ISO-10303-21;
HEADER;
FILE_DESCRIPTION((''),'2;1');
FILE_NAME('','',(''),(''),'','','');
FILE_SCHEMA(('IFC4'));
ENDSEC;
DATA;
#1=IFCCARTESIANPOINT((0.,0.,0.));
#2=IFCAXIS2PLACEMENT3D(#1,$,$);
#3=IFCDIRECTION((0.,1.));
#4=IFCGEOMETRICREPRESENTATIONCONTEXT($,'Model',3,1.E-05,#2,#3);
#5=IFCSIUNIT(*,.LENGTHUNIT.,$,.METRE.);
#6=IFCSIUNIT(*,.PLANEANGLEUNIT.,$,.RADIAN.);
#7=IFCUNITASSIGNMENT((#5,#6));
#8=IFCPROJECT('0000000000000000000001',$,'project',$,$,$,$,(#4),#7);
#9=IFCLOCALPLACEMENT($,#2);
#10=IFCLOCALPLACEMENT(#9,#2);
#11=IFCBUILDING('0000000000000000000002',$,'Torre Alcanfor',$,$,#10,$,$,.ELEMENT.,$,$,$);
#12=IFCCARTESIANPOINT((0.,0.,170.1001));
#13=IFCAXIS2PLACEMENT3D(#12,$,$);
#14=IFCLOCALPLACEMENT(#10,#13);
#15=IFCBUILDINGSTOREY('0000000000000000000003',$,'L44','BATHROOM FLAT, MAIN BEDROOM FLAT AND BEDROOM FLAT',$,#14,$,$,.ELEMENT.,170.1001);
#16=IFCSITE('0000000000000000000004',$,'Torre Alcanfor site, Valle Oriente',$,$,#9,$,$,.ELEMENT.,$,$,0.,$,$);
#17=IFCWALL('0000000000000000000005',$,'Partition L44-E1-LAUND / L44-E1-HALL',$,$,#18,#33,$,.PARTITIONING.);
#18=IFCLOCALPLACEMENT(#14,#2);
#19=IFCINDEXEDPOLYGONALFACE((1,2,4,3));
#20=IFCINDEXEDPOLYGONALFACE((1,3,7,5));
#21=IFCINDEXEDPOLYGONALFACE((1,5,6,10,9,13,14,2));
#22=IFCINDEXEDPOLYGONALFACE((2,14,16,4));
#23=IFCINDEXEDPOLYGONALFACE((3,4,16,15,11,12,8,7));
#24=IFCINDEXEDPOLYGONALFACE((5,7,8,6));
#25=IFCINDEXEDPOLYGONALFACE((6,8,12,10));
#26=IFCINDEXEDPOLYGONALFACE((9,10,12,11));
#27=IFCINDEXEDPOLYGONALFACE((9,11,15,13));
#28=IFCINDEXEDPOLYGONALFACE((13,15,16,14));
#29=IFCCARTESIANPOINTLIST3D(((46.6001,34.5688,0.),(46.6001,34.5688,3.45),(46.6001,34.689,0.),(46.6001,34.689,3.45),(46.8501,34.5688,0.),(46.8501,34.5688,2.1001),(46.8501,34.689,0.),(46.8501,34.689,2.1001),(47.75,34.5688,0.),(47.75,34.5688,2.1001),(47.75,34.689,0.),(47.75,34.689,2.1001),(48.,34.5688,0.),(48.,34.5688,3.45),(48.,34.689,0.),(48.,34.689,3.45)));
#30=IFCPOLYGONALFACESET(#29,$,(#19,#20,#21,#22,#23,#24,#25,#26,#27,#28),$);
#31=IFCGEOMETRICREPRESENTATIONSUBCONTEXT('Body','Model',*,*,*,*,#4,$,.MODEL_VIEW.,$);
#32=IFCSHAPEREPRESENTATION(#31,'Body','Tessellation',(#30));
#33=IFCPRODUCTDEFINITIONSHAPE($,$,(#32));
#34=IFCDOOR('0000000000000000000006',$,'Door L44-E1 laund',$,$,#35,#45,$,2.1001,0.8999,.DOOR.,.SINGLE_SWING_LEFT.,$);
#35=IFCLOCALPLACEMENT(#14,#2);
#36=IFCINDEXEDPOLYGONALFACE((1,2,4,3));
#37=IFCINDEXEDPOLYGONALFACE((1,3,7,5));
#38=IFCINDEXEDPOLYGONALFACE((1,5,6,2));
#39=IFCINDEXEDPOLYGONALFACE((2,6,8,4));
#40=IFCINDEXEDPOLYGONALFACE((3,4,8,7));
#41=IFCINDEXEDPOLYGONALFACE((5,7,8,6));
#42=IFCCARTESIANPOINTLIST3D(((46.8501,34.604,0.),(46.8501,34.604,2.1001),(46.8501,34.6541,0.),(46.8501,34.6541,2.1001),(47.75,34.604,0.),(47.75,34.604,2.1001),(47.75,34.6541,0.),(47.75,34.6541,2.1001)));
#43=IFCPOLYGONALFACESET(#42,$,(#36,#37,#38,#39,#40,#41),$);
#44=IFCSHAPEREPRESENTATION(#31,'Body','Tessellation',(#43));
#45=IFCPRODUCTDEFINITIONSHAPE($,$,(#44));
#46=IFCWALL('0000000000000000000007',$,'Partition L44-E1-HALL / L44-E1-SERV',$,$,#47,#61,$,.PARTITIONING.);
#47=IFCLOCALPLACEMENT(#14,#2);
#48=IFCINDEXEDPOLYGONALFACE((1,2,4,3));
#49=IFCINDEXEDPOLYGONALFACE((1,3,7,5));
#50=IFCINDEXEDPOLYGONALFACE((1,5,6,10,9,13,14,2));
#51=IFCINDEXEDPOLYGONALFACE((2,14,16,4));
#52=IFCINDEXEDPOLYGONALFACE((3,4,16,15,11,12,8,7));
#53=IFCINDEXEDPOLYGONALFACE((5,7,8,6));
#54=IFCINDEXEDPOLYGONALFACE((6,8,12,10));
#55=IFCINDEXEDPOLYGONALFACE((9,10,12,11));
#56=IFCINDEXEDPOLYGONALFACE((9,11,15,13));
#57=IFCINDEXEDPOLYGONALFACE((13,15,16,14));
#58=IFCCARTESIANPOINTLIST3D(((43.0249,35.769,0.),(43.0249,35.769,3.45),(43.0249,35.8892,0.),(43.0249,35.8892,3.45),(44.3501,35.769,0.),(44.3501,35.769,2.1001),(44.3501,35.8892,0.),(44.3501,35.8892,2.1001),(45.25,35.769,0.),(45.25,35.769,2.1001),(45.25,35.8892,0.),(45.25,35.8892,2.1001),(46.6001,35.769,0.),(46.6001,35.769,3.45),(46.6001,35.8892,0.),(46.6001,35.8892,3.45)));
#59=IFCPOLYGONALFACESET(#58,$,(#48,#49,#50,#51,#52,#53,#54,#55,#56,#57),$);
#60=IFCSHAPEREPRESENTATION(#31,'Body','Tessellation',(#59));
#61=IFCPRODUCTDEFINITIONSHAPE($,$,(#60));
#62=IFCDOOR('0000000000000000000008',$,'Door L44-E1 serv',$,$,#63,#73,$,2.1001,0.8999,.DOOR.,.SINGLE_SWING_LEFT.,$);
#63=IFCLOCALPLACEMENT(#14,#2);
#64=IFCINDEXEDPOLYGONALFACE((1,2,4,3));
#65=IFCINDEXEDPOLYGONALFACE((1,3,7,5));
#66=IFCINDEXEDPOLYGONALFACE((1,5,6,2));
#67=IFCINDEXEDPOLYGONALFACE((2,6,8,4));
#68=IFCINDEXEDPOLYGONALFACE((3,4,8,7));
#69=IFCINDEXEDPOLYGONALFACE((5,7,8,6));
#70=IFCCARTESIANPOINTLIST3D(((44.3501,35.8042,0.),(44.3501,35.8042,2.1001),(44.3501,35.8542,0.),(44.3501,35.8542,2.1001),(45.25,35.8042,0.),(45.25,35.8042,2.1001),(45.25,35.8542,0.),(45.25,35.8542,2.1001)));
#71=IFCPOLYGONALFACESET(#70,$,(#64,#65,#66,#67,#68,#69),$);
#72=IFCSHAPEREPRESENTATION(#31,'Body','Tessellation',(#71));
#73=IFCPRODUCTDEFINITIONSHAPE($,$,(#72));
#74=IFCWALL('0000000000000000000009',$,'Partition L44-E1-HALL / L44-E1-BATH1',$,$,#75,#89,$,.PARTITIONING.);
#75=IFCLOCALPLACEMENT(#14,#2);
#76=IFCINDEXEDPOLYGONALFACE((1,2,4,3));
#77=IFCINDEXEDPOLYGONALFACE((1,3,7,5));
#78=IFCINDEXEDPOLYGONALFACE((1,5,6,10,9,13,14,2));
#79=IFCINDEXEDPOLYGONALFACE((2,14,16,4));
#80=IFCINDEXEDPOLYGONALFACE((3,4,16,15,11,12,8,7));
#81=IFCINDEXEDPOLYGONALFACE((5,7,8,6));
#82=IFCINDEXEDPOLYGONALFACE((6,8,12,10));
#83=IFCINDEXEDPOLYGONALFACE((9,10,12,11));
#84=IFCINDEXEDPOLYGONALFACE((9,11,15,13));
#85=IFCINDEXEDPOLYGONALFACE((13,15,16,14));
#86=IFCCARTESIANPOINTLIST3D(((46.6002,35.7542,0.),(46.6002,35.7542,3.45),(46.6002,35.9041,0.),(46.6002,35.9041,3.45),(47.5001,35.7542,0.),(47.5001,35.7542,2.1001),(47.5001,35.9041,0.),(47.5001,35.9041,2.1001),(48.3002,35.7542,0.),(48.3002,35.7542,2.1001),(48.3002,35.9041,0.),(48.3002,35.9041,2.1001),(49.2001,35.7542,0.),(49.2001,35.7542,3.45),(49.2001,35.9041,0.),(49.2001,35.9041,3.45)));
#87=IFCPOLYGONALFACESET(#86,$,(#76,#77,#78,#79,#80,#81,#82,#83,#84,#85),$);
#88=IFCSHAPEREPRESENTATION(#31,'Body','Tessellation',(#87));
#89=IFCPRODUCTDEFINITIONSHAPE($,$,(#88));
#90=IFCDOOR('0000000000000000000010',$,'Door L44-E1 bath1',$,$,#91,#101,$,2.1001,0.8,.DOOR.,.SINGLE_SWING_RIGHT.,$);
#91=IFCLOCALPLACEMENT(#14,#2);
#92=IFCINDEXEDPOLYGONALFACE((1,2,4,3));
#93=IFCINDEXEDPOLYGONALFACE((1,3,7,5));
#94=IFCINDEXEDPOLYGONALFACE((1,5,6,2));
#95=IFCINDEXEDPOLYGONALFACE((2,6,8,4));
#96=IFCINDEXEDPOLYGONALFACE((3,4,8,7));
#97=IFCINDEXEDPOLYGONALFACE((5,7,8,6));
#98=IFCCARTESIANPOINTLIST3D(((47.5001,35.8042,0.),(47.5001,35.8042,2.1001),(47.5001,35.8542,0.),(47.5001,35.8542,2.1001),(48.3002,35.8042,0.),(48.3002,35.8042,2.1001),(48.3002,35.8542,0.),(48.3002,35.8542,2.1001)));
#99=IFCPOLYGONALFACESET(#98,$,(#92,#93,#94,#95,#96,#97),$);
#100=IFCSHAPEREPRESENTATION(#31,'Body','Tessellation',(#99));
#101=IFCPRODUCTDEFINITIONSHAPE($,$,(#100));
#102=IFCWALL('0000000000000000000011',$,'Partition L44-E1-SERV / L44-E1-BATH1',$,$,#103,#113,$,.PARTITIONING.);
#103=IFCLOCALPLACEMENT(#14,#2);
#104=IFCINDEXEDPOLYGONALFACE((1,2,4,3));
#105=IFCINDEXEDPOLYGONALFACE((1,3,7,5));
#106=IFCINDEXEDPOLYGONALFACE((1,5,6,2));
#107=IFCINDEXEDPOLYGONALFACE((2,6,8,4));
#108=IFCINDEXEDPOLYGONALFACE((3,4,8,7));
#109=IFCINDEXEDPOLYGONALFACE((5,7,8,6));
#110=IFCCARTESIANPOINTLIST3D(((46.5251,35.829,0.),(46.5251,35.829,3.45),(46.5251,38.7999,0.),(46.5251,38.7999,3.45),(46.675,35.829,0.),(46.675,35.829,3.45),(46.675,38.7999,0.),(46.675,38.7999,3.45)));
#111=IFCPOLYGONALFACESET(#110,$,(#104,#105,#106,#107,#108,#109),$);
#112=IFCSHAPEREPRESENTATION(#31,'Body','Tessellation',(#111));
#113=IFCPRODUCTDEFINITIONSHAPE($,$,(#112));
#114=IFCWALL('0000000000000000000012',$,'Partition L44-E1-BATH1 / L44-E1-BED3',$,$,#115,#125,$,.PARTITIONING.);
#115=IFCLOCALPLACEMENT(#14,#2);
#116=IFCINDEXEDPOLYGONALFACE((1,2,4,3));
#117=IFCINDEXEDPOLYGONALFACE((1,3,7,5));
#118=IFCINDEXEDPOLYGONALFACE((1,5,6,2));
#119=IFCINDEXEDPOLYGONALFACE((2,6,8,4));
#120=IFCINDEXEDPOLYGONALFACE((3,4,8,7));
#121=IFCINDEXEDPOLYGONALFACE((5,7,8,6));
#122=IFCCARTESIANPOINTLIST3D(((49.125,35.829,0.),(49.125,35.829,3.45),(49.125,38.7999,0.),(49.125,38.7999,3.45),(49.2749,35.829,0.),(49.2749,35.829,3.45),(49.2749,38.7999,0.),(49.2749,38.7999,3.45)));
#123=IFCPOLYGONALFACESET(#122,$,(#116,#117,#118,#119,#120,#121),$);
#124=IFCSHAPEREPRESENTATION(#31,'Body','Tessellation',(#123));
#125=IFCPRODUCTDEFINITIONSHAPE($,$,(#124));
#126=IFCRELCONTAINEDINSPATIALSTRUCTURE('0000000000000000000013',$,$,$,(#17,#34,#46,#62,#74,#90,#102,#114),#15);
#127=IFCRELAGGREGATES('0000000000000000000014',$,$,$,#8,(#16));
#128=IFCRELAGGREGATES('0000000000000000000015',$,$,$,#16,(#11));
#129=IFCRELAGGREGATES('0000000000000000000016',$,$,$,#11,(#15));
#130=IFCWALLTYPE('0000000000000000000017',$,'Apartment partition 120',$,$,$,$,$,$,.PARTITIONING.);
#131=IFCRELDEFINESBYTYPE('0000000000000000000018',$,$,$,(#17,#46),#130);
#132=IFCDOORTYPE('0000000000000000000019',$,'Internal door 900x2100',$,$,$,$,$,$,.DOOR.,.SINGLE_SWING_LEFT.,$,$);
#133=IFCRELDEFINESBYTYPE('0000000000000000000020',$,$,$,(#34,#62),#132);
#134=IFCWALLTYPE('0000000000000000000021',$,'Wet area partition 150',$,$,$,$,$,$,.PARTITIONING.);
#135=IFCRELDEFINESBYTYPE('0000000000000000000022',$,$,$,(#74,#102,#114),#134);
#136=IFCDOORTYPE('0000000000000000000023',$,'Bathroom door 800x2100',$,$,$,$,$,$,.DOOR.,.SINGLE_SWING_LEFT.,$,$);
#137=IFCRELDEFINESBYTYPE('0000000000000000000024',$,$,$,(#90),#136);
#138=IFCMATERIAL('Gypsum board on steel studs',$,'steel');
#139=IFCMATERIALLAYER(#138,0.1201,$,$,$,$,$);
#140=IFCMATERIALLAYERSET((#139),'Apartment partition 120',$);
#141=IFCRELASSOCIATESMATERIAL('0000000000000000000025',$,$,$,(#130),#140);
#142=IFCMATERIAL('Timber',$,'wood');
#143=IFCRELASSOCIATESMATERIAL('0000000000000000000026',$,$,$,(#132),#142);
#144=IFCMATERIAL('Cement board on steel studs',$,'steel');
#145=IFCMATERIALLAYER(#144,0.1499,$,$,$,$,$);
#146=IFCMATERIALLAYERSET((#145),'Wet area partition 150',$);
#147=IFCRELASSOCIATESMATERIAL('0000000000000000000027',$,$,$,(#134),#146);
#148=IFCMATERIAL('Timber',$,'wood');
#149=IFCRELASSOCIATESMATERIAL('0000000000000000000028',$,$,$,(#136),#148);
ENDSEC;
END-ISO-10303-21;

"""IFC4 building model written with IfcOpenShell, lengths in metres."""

from ifc_helpers import new_model, si_unit, direction, frame, frame_2d, origin, place, context, subcontext, project, spatial, rectangle, extrude, material, layer, layer_set, type_object, element, fill, save


model = new_model("IFC4")

# Units and contexts
model_context = context("Model", 3, precision=1e-05, world=origin(), true_north=direction((0.0, 1.0)))
body_context = subcontext(model_context, "Body", "Model", "MODEL_VIEW")
ifc_project = project(units=[si_unit("LENGTHUNIT", "METRE"), si_unit("PLANEANGLEUNIT", "RADIAN")], contexts=[model_context])

# Site, building, storey
site_placement = place(None, origin())
site = spatial("IfcSite", under=ifc_project, at=site_placement, Name="Torre Alcanfor site, Valle Oriente", CompositionType="ELEMENT", RefElevation=0.0)
building_placement = place(site_placement, origin())
building = spatial("IfcBuilding", under=site, at=building_placement, Name="Torre Alcanfor", CompositionType="ELEMENT")
storey_placement = place(building_placement, frame((0.0, 0.0, 170.1001)))
storey = spatial("IfcBuildingStorey", under=building, at=storey_placement, Name="L44", Description="BATHROOM FLAT, MAIN BEDROOM FLAT AND BEDROOM FLAT", CompositionType="ELEMENT", Elevation=170.1001)

# Walls, openings, doors
ifc_material_1 = material(Name="Gypsum board on steel studs", Category="steel")
ifc_layer_1 = layer(ifc_material_1, 0.1201)
ifc_layer_set_1 = layer_set([ifc_layer_1], Name="Apartment partition 120")
wall_type_1 = type_object("IfcWallType", Name="Apartment partition 120", PredefinedType="PARTITIONING", material=ifc_layer_set_1)
wall_1_placement = place(storey_placement, frame((48.0, 34.6289, 0.0), z_axis=(0.0, 0.0, 1.0), x_axis=(-1.0, 0.0, 0.0)))
wall_1 = element("IfcWall", 1, at=wall_1_placement, inside=storey, type_object=wall_type_1, Name="Partition L44-E1-LAUND / L44-E1-HALL", PredefinedType="PARTITIONING", context=body_context, shape_type="SweptSolid", body=[
    extrude(rectangle(XDim=1.3999, YDim=0.1201, at=frame_2d((0.7, 0.0))), origin(), (0.0, 0.0, 1.0), 3.45),
])
opening_1_placement = place(wall_1_placement, frame((0.25, 0.0, 0.0)))
opening_1 = element("IfcOpeningElement", 2, at=opening_1_placement, cuts=wall_1, PredefinedType="OPENING", context=body_context, shape_type="SweptSolid", body=[
    extrude(rectangle(XDim=0.8999, YDim=2.1001, at=frame_2d((0.45, 1.05))), frame((0.0, 0.0701, 0.0), z_axis=(0.0, -1.0, 0.0), x_axis=(1.0, 0.0, 0.0)), (0.0, 0.0, 1.0), 0.1401),
])
ifc_material_2 = material(Name="Timber", Category="wood")
door_type_1 = type_object("IfcDoorType", Name="Internal door 900x2100", OperationType="SINGLE_SWING_LEFT", PredefinedType="DOOR", material=ifc_material_2)
door_1_placement = place(opening_1_placement, origin())
door_1 = element("IfcDoor", 3, at=door_1_placement, inside=storey, type_object=door_type_1, Name="Door L44-E1 laund", OperationType="SINGLE_SWING_LEFT", OverallHeight=2.1001, OverallWidth=0.8999, PredefinedType="DOOR", context=body_context, shape_type="SweptSolid", body=[
    extrude(rectangle(XDim=0.8999, YDim=2.1001, at=frame_2d((0.45, 1.05))), frame((0.0, 0.0249, 0.0), z_axis=(0.0, -1.0, 0.0), x_axis=(1.0, 0.0, 0.0)), (0.0, 0.0, 1.0), 0.05),
])
fill(opening_1, door_1)
wall_2_placement = place(storey_placement, frame((46.6001, 35.8291, 0.0), z_axis=(0.0, 0.0, 1.0), x_axis=(-1.0, 0.0, 0.0)))
wall_2 = element("IfcWall", 4, at=wall_2_placement, inside=storey, type_object=wall_type_1, Name="Partition L44-E1-HALL / L44-E1-SERV", PredefinedType="PARTITIONING", context=body_context, shape_type="SweptSolid", body=[
    extrude(rectangle(XDim=3.5752, YDim=0.1201, at=frame_2d((1.7876, 0.0))), origin(), (0.0, 0.0, 1.0), 3.45),
])
opening_2_placement = place(wall_2_placement, frame((1.3501, 0.0, 0.0)))
opening_2 = element("IfcOpeningElement", 5, at=opening_2_placement, cuts=wall_2, PredefinedType="OPENING", context=body_context, shape_type="SweptSolid", body=[
    extrude(rectangle(XDim=0.8999, YDim=2.1001, at=frame_2d((0.45, 1.05))), frame((0.0, 0.0701, 0.0), z_axis=(0.0, -1.0, 0.0), x_axis=(1.0, 0.0, 0.0)), (0.0, 0.0, 1.0), 0.1401),
])
door_2_placement = place(opening_2_placement, frame((0.8999, 0.0, 0.0), z_axis=(0.0, 0.0, 1.0), x_axis=(-1.0, 0.0, 0.0)))
door_2 = element("IfcDoor", 6, at=door_2_placement, inside=storey, type_object=door_type_1, Name="Door L44-E1 serv", OperationType="SINGLE_SWING_LEFT", OverallHeight=2.1001, OverallWidth=0.8999, PredefinedType="DOOR", context=body_context, shape_type="SweptSolid", body=[
    extrude(rectangle(XDim=0.8999, YDim=2.1001, at=frame_2d((0.45, 1.05))), frame((0.0, 0.0251, 0.0), z_axis=(0.0, -1.0, 0.0), x_axis=(1.0, 0.0, 0.0)), (0.0, 0.0, 1.0), 0.05),
])
fill(opening_2, door_2)
ifc_material_3 = material(Name="Cement board on steel studs", Category="steel")
ifc_layer_2 = layer(ifc_material_3, 0.1499)
ifc_layer_set_2 = layer_set([ifc_layer_2], Name="Wet area partition 150")
wall_type_2 = type_object("IfcWallType", Name="Wet area partition 150", PredefinedType="PARTITIONING", material=ifc_layer_set_2)
wall_3_placement = place(storey_placement, frame((49.2, 35.8291, 0.0), z_axis=(0.0, 0.0, 1.0), x_axis=(-1.0, 0.0, 0.0)))
wall_3 = element("IfcWall", 7, at=wall_3_placement, inside=storey, type_object=wall_type_2, Name="Partition L44-E1-HALL / L44-E1-BATH1", PredefinedType="PARTITIONING", context=body_context, shape_type="SweptSolid", body=[
    extrude(rectangle(XDim=2.5999, YDim=0.1499, at=frame_2d((1.2998, 0.0))), origin(), (0.0, 0.0, 1.0), 3.45),
])
opening_3_placement = place(wall_3_placement, frame((0.8999, 0.0, 0.0)))
opening_3 = element("IfcOpeningElement", 8, at=opening_3_placement, cuts=wall_3, PredefinedType="OPENING", context=body_context, shape_type="SweptSolid", body=[
    extrude(rectangle(XDim=0.8, YDim=2.1001, at=frame_2d((0.3999, 1.05))), frame((0.0, 0.085, 0.0), z_axis=(0.0, -1.0, 0.0), x_axis=(1.0, 0.0, 0.0)), (0.0, 0.0, 1.0), 0.1699),
])
ifc_material_4 = material(Name="Timber", Category="wood")
door_type_2 = type_object("IfcDoorType", Name="Bathroom door 800x2100", OperationType="SINGLE_SWING_LEFT", PredefinedType="DOOR", material=ifc_material_4)
door_3_placement = place(opening_3_placement, frame((0.8, 0.0, 0.0), z_axis=(0.0, 0.0, 1.0), x_axis=(-1.0, 0.0, 0.0)))
door_3 = element("IfcDoor", 9, at=door_3_placement, inside=storey, type_object=door_type_2, Name="Door L44-E1 bath1", OperationType="SINGLE_SWING_RIGHT", OverallHeight=2.1001, OverallWidth=0.8, PredefinedType="DOOR", context=body_context, shape_type="SweptSolid", body=[
    extrude(rectangle(XDim=0.8, YDim=2.1001, at=frame_2d((0.4001, 1.05))), frame((0.0, 0.0251, 0.0), z_axis=(0.0, -1.0, 0.0), x_axis=(1.0, 0.0, 0.0)), (0.0, 0.0, 1.0), 0.05),
])
fill(opening_3, door_3)

# Walls
for number, where, z_axis, x_axis, name in (
    (10, (46.6001, 35.8291, 0.0), (0.0, 0.0, 1.0), (0.0, 1.0, 0.0), "Partition L44-E1-SERV / L44-E1-BATH1"),
    (11, (49.2, 35.8291, 0.0), (0.0, 0.0, 1.0), (0.0, 1.0, 0.0), "Partition L44-E1-BATH1 / L44-E1-BED3"),
):
    element("IfcWall", number, at=place(storey_placement, frame(where, z_axis=z_axis, x_axis=x_axis)), inside=storey, type_object=wall_type_2, Name=name, PredefinedType="PARTITIONING", context=body_context, shape_type="SweptSolid", body=[
        extrude(rectangle(XDim=2.9709, YDim=0.1499, at=frame_2d((1.4854, 0.0))), origin(), (0.0, 0.0, 1.0), 3.45),
    ])

save(model, "model.ifc")
